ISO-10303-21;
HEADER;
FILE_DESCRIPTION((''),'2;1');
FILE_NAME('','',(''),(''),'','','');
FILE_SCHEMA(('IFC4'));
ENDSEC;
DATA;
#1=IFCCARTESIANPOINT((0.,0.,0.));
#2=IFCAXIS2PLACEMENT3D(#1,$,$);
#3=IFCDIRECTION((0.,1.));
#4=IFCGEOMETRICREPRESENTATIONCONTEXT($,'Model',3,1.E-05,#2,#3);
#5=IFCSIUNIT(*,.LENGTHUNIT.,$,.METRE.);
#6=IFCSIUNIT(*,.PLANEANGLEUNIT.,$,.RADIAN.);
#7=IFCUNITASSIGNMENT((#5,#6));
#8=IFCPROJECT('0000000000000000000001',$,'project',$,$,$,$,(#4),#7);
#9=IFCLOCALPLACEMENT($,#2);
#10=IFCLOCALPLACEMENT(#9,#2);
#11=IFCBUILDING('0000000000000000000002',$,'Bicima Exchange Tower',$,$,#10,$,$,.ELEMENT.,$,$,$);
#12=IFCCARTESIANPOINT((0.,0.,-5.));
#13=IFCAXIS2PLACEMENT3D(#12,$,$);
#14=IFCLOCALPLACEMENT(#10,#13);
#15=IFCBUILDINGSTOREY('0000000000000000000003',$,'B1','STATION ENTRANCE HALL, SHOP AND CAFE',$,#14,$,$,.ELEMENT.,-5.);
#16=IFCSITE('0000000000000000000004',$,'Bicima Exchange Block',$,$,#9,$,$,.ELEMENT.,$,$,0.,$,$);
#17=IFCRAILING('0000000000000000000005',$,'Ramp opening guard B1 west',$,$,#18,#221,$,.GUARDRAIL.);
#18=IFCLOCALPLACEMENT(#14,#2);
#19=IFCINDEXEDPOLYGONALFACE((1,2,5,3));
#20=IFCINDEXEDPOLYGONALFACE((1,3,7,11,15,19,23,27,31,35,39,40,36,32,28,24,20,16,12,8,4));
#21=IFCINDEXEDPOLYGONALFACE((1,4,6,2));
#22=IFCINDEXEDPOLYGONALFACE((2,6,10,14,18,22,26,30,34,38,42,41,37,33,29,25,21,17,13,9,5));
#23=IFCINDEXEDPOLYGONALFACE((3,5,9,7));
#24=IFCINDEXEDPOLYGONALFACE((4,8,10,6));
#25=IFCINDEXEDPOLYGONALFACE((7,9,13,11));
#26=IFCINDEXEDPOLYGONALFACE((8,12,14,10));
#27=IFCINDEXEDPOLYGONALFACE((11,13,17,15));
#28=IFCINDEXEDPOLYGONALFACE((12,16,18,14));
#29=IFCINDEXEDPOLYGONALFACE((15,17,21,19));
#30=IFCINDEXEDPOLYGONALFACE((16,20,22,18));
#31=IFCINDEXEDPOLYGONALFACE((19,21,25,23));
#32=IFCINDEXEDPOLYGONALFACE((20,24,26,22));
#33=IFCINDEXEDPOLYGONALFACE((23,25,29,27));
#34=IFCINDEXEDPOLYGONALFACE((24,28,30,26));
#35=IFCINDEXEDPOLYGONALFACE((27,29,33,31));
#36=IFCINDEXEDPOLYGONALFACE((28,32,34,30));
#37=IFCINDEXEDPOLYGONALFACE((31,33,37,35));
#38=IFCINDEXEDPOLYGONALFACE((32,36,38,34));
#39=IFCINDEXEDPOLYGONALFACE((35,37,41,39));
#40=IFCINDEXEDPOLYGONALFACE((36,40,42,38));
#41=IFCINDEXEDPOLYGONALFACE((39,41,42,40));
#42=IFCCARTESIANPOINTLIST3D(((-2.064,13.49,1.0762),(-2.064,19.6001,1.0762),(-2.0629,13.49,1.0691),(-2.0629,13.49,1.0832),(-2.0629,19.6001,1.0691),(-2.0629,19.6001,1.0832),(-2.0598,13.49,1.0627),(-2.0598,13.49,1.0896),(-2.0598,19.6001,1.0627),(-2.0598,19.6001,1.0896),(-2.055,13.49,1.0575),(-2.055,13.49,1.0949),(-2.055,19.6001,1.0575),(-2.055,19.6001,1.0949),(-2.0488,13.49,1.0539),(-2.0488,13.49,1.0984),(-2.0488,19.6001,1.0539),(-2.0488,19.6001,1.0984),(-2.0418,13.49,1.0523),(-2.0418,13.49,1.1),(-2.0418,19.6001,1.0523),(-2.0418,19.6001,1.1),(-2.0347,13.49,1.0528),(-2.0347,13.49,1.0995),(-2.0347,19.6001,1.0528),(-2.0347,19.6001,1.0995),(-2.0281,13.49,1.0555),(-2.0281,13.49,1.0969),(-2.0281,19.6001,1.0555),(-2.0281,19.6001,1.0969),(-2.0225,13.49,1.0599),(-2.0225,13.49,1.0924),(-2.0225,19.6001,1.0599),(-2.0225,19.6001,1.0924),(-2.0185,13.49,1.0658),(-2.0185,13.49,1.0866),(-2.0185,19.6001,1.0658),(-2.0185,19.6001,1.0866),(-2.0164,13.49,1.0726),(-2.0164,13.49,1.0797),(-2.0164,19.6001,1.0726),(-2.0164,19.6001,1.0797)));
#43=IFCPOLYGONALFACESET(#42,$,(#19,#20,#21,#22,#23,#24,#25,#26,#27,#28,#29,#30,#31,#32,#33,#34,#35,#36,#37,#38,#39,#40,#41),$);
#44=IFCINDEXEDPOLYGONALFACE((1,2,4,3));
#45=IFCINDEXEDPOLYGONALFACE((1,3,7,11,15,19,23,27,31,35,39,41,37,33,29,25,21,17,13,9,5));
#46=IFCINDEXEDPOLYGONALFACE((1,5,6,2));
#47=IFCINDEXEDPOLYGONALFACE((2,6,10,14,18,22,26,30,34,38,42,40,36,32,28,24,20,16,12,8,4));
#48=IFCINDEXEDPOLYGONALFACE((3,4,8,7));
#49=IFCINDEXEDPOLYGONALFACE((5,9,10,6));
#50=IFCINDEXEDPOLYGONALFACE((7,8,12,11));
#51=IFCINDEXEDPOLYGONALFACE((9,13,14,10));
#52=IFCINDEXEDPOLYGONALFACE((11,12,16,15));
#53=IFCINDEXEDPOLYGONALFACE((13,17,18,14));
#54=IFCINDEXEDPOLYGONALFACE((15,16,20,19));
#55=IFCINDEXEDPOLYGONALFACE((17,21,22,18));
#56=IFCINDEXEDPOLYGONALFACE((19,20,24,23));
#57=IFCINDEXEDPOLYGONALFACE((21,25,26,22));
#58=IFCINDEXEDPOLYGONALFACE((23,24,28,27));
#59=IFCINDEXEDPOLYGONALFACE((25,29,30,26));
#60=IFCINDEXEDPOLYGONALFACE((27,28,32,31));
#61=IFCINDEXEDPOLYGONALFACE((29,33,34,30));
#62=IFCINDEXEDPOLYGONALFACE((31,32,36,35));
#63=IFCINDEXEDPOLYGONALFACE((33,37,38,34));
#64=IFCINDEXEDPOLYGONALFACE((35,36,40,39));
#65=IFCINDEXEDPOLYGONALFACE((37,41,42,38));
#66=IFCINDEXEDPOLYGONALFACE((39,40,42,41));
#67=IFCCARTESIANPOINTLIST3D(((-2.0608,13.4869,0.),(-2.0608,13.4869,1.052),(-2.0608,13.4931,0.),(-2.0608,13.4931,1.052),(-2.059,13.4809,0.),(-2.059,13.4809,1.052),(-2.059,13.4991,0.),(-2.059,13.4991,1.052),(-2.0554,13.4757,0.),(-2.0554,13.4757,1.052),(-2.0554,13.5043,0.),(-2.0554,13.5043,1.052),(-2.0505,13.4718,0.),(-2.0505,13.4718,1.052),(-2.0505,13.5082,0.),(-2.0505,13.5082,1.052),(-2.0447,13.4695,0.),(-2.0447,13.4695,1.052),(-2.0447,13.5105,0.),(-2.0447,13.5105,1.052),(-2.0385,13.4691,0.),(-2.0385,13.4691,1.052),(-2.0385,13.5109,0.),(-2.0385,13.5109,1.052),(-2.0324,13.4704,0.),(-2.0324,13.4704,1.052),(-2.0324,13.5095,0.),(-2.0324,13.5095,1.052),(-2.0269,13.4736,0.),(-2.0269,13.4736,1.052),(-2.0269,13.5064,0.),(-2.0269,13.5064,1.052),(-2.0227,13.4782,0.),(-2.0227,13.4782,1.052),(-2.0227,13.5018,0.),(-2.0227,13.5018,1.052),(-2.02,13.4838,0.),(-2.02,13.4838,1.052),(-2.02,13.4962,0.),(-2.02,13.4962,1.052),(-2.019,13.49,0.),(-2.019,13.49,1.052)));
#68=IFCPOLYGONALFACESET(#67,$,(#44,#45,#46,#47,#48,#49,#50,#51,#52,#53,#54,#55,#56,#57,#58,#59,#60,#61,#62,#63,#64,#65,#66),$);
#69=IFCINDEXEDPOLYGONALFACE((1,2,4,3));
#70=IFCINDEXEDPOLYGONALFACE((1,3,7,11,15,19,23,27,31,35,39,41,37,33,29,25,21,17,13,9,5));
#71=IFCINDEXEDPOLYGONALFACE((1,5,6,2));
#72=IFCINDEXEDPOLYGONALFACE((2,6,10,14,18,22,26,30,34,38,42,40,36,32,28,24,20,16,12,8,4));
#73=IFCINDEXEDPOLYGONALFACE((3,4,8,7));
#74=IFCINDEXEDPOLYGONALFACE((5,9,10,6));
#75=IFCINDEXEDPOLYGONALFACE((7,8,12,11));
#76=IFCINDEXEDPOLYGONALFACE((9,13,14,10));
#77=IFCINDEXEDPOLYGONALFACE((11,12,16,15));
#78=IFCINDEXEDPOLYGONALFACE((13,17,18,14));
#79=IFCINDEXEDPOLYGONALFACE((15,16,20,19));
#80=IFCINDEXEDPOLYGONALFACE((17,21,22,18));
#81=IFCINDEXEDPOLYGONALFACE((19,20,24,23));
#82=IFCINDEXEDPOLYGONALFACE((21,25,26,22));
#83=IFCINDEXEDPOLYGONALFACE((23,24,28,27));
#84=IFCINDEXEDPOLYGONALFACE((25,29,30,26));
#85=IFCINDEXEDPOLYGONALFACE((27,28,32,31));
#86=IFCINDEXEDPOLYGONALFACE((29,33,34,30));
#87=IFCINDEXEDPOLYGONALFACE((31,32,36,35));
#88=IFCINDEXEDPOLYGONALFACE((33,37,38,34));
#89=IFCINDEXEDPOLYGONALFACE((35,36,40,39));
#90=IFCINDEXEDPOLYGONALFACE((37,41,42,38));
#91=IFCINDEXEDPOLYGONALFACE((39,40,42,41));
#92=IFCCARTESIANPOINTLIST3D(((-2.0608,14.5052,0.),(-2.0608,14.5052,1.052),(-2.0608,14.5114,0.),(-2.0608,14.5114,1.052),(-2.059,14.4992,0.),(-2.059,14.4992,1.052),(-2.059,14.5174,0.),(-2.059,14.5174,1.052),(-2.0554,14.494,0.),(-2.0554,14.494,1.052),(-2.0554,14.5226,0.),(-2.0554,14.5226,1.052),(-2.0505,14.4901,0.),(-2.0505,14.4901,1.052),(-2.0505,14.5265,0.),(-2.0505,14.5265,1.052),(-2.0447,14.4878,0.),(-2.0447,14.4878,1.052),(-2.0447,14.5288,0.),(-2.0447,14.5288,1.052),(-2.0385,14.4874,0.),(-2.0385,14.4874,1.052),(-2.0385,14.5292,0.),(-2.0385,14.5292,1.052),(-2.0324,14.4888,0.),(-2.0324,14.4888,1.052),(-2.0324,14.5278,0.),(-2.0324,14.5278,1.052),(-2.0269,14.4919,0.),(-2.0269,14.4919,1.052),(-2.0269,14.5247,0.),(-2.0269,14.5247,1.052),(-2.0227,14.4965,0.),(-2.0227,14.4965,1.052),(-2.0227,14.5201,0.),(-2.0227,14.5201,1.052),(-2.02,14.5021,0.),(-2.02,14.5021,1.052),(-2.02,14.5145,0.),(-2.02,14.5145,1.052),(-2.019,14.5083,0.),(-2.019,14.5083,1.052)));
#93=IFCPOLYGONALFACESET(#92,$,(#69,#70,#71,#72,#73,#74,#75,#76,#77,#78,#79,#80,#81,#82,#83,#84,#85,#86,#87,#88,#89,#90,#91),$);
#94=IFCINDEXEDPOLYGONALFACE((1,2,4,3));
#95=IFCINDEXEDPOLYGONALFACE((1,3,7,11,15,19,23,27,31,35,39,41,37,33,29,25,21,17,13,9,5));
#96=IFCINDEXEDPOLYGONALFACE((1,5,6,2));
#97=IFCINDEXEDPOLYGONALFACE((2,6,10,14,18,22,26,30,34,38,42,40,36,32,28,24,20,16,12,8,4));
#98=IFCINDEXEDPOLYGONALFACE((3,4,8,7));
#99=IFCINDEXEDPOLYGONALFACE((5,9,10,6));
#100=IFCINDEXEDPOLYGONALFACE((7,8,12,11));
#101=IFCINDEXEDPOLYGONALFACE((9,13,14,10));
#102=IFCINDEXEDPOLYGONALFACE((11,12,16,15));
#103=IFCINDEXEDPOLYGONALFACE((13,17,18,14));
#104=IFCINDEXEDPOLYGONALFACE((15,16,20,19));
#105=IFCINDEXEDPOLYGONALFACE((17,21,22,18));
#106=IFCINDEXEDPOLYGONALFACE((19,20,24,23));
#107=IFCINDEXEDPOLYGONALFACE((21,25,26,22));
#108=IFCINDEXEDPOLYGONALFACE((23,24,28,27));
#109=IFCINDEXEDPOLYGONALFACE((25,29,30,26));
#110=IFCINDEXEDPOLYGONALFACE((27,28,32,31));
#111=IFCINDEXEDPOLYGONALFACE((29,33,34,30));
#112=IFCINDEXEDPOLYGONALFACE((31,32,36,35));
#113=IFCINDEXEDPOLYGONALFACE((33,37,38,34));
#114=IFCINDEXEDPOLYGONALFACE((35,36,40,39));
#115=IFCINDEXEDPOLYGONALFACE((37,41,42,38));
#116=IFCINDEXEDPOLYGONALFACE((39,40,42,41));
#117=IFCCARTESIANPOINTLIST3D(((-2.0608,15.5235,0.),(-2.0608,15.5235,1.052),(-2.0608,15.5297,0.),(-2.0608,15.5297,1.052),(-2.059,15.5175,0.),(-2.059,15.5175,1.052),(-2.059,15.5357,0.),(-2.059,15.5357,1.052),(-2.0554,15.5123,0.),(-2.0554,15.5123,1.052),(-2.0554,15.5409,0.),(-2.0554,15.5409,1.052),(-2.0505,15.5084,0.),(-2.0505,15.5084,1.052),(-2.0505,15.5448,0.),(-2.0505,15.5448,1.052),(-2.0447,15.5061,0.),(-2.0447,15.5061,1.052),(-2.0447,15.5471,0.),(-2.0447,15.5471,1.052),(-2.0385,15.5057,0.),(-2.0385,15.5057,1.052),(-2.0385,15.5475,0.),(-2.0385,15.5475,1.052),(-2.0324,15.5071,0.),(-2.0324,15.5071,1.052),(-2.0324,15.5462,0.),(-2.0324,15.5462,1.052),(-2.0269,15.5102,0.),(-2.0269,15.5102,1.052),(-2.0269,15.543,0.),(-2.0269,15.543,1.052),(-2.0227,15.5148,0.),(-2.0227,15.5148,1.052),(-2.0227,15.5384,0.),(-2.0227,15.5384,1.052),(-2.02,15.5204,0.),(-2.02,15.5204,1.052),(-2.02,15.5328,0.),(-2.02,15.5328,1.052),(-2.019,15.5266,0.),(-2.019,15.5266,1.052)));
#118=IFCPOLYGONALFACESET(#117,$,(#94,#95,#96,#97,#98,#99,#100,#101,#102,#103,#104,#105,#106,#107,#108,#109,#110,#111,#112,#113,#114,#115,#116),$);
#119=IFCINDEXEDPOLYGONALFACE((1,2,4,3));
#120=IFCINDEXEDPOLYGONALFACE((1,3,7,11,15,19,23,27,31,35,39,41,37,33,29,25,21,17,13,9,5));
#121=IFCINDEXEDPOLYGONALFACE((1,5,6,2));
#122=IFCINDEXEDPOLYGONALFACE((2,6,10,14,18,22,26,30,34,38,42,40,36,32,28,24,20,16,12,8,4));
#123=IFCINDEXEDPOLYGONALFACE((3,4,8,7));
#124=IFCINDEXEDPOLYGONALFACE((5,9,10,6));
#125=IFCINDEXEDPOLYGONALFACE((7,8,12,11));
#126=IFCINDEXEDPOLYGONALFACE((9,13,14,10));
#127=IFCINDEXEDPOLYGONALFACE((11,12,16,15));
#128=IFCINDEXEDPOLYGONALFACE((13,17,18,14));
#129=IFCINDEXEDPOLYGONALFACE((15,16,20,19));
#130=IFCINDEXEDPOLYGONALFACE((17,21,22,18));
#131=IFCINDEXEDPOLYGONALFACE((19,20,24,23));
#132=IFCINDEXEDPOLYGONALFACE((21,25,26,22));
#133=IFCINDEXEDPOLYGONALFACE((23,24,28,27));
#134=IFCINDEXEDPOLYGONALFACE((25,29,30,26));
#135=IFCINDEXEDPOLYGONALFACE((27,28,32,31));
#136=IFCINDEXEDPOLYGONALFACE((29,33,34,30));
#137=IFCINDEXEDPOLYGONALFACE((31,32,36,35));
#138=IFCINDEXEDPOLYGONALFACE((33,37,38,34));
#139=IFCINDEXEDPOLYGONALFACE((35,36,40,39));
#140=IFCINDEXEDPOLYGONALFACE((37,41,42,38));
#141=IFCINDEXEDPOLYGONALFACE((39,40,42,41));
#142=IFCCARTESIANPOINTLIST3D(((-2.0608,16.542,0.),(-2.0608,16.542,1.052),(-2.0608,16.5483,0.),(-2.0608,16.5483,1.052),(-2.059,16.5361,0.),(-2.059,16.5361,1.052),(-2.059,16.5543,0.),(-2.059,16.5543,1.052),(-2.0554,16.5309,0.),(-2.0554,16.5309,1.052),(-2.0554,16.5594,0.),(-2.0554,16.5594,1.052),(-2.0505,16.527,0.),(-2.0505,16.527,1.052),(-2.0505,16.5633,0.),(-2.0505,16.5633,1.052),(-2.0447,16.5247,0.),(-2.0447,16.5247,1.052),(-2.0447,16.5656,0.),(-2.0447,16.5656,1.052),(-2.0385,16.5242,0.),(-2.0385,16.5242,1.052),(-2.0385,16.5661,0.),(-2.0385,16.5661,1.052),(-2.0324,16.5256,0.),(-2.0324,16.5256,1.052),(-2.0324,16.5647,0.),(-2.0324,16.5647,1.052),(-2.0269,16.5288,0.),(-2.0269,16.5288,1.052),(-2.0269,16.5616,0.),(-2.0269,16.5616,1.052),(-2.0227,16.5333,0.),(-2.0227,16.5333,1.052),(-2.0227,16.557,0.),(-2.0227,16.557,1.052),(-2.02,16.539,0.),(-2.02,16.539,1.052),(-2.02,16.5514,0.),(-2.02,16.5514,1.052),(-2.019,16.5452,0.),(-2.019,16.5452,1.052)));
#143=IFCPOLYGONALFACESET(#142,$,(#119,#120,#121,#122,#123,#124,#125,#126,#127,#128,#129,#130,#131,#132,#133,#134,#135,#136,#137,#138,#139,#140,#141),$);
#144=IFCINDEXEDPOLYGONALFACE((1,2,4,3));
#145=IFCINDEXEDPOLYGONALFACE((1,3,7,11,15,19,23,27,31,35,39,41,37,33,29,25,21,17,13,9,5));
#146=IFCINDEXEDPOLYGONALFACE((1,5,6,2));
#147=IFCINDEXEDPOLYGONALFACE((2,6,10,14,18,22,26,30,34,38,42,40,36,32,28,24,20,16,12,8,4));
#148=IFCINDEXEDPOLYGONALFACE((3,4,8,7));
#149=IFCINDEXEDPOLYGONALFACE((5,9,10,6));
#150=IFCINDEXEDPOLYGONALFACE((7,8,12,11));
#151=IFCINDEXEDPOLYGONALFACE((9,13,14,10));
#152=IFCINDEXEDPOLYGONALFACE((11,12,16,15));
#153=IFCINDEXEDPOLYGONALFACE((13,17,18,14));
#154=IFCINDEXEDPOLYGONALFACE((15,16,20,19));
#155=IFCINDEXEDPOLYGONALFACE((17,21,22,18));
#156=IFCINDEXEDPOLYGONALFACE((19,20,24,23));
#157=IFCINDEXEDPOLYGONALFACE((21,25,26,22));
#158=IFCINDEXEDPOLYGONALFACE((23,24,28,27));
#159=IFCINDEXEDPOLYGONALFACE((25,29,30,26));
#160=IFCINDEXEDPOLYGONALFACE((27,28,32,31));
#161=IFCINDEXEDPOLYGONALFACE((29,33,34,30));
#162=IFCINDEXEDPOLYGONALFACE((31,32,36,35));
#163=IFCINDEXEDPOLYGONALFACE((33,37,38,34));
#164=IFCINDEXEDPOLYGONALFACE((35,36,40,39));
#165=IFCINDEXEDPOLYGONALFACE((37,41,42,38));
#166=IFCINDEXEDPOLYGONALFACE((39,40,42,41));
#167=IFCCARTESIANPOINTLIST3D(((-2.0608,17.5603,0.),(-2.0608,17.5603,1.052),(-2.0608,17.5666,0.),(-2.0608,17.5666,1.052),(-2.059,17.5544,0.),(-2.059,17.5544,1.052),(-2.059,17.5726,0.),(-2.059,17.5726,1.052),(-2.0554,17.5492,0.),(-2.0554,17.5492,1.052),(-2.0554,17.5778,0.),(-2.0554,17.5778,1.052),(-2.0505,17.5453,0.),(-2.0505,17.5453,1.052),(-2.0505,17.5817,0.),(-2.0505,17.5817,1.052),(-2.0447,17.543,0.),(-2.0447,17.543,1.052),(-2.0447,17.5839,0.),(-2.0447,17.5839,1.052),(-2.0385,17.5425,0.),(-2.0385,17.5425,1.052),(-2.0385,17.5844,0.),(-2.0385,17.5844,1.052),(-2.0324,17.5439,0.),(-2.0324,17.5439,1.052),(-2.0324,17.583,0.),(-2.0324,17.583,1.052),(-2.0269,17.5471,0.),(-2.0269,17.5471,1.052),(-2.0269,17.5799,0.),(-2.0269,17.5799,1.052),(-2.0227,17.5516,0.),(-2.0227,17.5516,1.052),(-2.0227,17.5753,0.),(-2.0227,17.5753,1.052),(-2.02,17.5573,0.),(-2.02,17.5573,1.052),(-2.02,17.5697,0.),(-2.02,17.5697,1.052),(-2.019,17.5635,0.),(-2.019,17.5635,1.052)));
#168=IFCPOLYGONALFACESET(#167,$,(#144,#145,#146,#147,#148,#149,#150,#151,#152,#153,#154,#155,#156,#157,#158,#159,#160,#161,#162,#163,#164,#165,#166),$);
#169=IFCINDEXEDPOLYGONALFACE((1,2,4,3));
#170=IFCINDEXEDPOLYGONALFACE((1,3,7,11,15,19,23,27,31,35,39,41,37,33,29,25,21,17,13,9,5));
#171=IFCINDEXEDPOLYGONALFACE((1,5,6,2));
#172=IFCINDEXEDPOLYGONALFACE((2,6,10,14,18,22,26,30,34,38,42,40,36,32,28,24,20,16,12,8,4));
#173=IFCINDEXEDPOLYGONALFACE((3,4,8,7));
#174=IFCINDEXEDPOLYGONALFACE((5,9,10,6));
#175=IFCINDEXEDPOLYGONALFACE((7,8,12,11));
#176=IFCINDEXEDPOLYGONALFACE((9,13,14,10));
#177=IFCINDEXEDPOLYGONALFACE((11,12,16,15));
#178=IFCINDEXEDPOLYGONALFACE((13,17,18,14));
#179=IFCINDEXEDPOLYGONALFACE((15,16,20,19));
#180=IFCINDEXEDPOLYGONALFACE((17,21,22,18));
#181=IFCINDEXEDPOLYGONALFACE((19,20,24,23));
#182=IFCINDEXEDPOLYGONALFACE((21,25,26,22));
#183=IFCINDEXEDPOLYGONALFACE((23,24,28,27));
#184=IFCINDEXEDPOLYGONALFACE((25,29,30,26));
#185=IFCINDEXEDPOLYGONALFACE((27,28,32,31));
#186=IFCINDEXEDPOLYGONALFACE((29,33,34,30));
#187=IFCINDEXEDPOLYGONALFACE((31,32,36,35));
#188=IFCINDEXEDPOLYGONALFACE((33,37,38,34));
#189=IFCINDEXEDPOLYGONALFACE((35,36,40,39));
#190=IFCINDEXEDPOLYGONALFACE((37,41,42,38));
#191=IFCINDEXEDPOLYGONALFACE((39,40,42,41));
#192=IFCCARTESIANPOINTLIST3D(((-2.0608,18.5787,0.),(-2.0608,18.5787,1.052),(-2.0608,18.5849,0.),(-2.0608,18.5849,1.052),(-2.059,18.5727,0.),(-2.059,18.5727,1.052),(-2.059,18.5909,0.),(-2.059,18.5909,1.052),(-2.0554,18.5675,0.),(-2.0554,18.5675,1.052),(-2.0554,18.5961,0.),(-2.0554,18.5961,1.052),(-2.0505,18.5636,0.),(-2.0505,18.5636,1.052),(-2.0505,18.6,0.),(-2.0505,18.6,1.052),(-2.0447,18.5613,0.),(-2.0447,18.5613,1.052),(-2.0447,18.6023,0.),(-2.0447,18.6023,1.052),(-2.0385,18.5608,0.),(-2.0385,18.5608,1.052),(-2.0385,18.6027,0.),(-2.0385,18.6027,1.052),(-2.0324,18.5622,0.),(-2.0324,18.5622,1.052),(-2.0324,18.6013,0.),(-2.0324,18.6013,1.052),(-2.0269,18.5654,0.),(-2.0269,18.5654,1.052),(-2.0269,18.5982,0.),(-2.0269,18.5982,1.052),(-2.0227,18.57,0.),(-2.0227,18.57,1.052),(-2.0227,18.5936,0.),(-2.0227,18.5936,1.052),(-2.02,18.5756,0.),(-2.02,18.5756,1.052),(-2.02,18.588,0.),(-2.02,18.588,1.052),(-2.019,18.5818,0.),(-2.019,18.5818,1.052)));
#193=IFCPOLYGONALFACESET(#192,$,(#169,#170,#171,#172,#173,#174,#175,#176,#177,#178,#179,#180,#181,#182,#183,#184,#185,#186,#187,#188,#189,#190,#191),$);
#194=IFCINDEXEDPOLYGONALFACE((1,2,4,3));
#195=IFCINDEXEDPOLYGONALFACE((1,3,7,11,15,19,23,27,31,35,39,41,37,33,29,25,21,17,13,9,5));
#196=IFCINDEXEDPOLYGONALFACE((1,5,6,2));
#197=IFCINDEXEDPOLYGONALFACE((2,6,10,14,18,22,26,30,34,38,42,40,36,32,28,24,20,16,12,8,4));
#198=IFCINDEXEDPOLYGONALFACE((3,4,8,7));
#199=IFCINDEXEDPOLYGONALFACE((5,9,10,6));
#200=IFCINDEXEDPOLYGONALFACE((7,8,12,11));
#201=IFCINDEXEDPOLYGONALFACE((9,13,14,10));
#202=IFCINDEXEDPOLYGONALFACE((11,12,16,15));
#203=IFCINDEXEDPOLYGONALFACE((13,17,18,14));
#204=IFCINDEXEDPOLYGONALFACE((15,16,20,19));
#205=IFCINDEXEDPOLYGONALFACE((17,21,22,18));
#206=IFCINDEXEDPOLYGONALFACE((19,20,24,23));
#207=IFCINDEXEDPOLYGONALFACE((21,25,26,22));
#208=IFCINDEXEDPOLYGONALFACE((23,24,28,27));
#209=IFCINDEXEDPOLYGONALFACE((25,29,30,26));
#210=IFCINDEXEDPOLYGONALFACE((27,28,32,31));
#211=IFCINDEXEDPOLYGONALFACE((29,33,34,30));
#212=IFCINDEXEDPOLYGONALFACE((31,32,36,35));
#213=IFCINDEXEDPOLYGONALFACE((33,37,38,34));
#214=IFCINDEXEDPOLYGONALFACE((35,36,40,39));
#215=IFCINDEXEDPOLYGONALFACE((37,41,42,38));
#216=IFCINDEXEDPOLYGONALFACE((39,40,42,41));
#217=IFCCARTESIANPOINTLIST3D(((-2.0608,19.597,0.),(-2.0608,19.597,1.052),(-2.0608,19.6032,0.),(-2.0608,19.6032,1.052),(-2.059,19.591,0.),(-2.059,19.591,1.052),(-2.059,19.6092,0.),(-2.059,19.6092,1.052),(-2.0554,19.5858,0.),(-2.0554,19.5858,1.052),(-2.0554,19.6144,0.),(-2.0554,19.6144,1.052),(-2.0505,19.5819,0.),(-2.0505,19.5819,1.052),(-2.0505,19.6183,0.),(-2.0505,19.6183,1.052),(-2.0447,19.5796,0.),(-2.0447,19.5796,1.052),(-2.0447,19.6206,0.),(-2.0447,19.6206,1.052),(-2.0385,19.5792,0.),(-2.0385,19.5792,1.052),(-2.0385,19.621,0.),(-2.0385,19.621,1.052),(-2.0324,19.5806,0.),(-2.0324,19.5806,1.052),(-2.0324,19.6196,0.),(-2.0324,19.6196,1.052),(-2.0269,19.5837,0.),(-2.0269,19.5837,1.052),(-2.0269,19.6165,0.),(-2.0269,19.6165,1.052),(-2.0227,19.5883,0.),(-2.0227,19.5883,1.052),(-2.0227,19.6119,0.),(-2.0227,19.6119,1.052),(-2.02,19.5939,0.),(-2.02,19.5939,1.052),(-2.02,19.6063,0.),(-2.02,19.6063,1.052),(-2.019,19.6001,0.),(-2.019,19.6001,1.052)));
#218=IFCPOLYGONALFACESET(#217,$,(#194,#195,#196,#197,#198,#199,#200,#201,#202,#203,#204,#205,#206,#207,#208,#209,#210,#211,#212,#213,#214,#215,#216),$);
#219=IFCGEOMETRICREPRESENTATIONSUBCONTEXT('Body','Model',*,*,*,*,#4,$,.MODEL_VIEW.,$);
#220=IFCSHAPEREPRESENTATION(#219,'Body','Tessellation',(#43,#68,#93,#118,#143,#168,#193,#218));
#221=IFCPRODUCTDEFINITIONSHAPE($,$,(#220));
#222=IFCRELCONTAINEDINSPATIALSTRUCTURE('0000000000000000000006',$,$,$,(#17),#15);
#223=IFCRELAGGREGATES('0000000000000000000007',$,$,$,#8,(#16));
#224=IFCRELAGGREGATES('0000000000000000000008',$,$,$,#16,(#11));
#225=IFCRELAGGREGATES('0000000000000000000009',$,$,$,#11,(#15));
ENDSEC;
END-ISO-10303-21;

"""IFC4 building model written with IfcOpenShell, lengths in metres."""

from ifc_helpers import new_model, si_unit, direction, frame, origin, origin_2d, place, context, subcontext, project, spatial, circle, extrude, element, save


model = new_model("IFC4")

# Units and contexts
model_context = context("Model", 3, precision=1e-05, world=origin(), true_north=direction((0.0, 1.0)))
body_context = subcontext(model_context, "Body", "Model", "MODEL_VIEW")
ifc_project = project(units=[si_unit("LENGTHUNIT", "METRE"), si_unit("PLANEANGLEUNIT", "RADIAN")], contexts=[model_context])

# Site, building, storey
site_placement = place(None, origin())
site = spatial("IfcSite", under=ifc_project, at=site_placement, Name="Bicima Exchange Block", CompositionType="ELEMENT", RefElevation=0.0)
building_placement = place(site_placement, origin())
building = spatial("IfcBuilding", under=site, at=building_placement, Name="Bicima Exchange Tower", CompositionType="ELEMENT")
storey_placement = place(building_placement, frame((0.0, 0.0, -5.0)))
storey = spatial("IfcBuildingStorey", under=building, at=storey_placement, Name="B1", Description="STATION ENTRANCE HALL, SHOP AND CAFE", CompositionType="ELEMENT", Elevation=-5.0)

# Railing
railing_1_placement = place(storey_placement, frame((-2.04, 13.49, 0.0)))
element("IfcRailing", 1, at=railing_1_placement, inside=storey, Name="Ramp opening guard B1 west", PredefinedType="GUARDRAIL", context=body_context, shape_type="SweptSolid", body=[
    extrude(circle(Radius=0.0239, at=origin_2d()), frame((0.0, 0.0, 1.0762), z_axis=(0.0, 1.0, 0.0), x_axis=(-1.0, 0.0, 0.0)), (0.0, 0.0, 1.0), 6.1101),
    extrude(circle(Radius=0.021, at=origin_2d()), origin(), (0.0, 0.0, 1.0), 1.052),
    extrude(circle(Radius=0.021, at=origin_2d()), frame((0.0, 1.0183, 0.0)), (0.0, 0.0, 1.0), 1.052),
    extrude(circle(Radius=0.021, at=origin_2d()), frame((0.0, 2.0366, 0.0)), (0.0, 0.0, 1.0), 1.052),
    extrude(circle(Radius=0.021, at=origin_2d()), frame((0.0, 3.0552, 0.0)), (0.0, 0.0, 1.0), 1.052),
    extrude(circle(Radius=0.021, at=origin_2d()), frame((0.0, 4.0735, 0.0)), (0.0, 0.0, 1.0), 1.052),
    extrude(circle(Radius=0.021, at=origin_2d()), frame((0.0, 5.0918, 0.0)), (0.0, 0.0, 1.0), 1.052),
    extrude(circle(Radius=0.021, at=origin_2d()), frame((0.0, 6.1101, 0.0)), (0.0, 0.0, 1.0), 1.052),
])

save(model, "model.ifc")
